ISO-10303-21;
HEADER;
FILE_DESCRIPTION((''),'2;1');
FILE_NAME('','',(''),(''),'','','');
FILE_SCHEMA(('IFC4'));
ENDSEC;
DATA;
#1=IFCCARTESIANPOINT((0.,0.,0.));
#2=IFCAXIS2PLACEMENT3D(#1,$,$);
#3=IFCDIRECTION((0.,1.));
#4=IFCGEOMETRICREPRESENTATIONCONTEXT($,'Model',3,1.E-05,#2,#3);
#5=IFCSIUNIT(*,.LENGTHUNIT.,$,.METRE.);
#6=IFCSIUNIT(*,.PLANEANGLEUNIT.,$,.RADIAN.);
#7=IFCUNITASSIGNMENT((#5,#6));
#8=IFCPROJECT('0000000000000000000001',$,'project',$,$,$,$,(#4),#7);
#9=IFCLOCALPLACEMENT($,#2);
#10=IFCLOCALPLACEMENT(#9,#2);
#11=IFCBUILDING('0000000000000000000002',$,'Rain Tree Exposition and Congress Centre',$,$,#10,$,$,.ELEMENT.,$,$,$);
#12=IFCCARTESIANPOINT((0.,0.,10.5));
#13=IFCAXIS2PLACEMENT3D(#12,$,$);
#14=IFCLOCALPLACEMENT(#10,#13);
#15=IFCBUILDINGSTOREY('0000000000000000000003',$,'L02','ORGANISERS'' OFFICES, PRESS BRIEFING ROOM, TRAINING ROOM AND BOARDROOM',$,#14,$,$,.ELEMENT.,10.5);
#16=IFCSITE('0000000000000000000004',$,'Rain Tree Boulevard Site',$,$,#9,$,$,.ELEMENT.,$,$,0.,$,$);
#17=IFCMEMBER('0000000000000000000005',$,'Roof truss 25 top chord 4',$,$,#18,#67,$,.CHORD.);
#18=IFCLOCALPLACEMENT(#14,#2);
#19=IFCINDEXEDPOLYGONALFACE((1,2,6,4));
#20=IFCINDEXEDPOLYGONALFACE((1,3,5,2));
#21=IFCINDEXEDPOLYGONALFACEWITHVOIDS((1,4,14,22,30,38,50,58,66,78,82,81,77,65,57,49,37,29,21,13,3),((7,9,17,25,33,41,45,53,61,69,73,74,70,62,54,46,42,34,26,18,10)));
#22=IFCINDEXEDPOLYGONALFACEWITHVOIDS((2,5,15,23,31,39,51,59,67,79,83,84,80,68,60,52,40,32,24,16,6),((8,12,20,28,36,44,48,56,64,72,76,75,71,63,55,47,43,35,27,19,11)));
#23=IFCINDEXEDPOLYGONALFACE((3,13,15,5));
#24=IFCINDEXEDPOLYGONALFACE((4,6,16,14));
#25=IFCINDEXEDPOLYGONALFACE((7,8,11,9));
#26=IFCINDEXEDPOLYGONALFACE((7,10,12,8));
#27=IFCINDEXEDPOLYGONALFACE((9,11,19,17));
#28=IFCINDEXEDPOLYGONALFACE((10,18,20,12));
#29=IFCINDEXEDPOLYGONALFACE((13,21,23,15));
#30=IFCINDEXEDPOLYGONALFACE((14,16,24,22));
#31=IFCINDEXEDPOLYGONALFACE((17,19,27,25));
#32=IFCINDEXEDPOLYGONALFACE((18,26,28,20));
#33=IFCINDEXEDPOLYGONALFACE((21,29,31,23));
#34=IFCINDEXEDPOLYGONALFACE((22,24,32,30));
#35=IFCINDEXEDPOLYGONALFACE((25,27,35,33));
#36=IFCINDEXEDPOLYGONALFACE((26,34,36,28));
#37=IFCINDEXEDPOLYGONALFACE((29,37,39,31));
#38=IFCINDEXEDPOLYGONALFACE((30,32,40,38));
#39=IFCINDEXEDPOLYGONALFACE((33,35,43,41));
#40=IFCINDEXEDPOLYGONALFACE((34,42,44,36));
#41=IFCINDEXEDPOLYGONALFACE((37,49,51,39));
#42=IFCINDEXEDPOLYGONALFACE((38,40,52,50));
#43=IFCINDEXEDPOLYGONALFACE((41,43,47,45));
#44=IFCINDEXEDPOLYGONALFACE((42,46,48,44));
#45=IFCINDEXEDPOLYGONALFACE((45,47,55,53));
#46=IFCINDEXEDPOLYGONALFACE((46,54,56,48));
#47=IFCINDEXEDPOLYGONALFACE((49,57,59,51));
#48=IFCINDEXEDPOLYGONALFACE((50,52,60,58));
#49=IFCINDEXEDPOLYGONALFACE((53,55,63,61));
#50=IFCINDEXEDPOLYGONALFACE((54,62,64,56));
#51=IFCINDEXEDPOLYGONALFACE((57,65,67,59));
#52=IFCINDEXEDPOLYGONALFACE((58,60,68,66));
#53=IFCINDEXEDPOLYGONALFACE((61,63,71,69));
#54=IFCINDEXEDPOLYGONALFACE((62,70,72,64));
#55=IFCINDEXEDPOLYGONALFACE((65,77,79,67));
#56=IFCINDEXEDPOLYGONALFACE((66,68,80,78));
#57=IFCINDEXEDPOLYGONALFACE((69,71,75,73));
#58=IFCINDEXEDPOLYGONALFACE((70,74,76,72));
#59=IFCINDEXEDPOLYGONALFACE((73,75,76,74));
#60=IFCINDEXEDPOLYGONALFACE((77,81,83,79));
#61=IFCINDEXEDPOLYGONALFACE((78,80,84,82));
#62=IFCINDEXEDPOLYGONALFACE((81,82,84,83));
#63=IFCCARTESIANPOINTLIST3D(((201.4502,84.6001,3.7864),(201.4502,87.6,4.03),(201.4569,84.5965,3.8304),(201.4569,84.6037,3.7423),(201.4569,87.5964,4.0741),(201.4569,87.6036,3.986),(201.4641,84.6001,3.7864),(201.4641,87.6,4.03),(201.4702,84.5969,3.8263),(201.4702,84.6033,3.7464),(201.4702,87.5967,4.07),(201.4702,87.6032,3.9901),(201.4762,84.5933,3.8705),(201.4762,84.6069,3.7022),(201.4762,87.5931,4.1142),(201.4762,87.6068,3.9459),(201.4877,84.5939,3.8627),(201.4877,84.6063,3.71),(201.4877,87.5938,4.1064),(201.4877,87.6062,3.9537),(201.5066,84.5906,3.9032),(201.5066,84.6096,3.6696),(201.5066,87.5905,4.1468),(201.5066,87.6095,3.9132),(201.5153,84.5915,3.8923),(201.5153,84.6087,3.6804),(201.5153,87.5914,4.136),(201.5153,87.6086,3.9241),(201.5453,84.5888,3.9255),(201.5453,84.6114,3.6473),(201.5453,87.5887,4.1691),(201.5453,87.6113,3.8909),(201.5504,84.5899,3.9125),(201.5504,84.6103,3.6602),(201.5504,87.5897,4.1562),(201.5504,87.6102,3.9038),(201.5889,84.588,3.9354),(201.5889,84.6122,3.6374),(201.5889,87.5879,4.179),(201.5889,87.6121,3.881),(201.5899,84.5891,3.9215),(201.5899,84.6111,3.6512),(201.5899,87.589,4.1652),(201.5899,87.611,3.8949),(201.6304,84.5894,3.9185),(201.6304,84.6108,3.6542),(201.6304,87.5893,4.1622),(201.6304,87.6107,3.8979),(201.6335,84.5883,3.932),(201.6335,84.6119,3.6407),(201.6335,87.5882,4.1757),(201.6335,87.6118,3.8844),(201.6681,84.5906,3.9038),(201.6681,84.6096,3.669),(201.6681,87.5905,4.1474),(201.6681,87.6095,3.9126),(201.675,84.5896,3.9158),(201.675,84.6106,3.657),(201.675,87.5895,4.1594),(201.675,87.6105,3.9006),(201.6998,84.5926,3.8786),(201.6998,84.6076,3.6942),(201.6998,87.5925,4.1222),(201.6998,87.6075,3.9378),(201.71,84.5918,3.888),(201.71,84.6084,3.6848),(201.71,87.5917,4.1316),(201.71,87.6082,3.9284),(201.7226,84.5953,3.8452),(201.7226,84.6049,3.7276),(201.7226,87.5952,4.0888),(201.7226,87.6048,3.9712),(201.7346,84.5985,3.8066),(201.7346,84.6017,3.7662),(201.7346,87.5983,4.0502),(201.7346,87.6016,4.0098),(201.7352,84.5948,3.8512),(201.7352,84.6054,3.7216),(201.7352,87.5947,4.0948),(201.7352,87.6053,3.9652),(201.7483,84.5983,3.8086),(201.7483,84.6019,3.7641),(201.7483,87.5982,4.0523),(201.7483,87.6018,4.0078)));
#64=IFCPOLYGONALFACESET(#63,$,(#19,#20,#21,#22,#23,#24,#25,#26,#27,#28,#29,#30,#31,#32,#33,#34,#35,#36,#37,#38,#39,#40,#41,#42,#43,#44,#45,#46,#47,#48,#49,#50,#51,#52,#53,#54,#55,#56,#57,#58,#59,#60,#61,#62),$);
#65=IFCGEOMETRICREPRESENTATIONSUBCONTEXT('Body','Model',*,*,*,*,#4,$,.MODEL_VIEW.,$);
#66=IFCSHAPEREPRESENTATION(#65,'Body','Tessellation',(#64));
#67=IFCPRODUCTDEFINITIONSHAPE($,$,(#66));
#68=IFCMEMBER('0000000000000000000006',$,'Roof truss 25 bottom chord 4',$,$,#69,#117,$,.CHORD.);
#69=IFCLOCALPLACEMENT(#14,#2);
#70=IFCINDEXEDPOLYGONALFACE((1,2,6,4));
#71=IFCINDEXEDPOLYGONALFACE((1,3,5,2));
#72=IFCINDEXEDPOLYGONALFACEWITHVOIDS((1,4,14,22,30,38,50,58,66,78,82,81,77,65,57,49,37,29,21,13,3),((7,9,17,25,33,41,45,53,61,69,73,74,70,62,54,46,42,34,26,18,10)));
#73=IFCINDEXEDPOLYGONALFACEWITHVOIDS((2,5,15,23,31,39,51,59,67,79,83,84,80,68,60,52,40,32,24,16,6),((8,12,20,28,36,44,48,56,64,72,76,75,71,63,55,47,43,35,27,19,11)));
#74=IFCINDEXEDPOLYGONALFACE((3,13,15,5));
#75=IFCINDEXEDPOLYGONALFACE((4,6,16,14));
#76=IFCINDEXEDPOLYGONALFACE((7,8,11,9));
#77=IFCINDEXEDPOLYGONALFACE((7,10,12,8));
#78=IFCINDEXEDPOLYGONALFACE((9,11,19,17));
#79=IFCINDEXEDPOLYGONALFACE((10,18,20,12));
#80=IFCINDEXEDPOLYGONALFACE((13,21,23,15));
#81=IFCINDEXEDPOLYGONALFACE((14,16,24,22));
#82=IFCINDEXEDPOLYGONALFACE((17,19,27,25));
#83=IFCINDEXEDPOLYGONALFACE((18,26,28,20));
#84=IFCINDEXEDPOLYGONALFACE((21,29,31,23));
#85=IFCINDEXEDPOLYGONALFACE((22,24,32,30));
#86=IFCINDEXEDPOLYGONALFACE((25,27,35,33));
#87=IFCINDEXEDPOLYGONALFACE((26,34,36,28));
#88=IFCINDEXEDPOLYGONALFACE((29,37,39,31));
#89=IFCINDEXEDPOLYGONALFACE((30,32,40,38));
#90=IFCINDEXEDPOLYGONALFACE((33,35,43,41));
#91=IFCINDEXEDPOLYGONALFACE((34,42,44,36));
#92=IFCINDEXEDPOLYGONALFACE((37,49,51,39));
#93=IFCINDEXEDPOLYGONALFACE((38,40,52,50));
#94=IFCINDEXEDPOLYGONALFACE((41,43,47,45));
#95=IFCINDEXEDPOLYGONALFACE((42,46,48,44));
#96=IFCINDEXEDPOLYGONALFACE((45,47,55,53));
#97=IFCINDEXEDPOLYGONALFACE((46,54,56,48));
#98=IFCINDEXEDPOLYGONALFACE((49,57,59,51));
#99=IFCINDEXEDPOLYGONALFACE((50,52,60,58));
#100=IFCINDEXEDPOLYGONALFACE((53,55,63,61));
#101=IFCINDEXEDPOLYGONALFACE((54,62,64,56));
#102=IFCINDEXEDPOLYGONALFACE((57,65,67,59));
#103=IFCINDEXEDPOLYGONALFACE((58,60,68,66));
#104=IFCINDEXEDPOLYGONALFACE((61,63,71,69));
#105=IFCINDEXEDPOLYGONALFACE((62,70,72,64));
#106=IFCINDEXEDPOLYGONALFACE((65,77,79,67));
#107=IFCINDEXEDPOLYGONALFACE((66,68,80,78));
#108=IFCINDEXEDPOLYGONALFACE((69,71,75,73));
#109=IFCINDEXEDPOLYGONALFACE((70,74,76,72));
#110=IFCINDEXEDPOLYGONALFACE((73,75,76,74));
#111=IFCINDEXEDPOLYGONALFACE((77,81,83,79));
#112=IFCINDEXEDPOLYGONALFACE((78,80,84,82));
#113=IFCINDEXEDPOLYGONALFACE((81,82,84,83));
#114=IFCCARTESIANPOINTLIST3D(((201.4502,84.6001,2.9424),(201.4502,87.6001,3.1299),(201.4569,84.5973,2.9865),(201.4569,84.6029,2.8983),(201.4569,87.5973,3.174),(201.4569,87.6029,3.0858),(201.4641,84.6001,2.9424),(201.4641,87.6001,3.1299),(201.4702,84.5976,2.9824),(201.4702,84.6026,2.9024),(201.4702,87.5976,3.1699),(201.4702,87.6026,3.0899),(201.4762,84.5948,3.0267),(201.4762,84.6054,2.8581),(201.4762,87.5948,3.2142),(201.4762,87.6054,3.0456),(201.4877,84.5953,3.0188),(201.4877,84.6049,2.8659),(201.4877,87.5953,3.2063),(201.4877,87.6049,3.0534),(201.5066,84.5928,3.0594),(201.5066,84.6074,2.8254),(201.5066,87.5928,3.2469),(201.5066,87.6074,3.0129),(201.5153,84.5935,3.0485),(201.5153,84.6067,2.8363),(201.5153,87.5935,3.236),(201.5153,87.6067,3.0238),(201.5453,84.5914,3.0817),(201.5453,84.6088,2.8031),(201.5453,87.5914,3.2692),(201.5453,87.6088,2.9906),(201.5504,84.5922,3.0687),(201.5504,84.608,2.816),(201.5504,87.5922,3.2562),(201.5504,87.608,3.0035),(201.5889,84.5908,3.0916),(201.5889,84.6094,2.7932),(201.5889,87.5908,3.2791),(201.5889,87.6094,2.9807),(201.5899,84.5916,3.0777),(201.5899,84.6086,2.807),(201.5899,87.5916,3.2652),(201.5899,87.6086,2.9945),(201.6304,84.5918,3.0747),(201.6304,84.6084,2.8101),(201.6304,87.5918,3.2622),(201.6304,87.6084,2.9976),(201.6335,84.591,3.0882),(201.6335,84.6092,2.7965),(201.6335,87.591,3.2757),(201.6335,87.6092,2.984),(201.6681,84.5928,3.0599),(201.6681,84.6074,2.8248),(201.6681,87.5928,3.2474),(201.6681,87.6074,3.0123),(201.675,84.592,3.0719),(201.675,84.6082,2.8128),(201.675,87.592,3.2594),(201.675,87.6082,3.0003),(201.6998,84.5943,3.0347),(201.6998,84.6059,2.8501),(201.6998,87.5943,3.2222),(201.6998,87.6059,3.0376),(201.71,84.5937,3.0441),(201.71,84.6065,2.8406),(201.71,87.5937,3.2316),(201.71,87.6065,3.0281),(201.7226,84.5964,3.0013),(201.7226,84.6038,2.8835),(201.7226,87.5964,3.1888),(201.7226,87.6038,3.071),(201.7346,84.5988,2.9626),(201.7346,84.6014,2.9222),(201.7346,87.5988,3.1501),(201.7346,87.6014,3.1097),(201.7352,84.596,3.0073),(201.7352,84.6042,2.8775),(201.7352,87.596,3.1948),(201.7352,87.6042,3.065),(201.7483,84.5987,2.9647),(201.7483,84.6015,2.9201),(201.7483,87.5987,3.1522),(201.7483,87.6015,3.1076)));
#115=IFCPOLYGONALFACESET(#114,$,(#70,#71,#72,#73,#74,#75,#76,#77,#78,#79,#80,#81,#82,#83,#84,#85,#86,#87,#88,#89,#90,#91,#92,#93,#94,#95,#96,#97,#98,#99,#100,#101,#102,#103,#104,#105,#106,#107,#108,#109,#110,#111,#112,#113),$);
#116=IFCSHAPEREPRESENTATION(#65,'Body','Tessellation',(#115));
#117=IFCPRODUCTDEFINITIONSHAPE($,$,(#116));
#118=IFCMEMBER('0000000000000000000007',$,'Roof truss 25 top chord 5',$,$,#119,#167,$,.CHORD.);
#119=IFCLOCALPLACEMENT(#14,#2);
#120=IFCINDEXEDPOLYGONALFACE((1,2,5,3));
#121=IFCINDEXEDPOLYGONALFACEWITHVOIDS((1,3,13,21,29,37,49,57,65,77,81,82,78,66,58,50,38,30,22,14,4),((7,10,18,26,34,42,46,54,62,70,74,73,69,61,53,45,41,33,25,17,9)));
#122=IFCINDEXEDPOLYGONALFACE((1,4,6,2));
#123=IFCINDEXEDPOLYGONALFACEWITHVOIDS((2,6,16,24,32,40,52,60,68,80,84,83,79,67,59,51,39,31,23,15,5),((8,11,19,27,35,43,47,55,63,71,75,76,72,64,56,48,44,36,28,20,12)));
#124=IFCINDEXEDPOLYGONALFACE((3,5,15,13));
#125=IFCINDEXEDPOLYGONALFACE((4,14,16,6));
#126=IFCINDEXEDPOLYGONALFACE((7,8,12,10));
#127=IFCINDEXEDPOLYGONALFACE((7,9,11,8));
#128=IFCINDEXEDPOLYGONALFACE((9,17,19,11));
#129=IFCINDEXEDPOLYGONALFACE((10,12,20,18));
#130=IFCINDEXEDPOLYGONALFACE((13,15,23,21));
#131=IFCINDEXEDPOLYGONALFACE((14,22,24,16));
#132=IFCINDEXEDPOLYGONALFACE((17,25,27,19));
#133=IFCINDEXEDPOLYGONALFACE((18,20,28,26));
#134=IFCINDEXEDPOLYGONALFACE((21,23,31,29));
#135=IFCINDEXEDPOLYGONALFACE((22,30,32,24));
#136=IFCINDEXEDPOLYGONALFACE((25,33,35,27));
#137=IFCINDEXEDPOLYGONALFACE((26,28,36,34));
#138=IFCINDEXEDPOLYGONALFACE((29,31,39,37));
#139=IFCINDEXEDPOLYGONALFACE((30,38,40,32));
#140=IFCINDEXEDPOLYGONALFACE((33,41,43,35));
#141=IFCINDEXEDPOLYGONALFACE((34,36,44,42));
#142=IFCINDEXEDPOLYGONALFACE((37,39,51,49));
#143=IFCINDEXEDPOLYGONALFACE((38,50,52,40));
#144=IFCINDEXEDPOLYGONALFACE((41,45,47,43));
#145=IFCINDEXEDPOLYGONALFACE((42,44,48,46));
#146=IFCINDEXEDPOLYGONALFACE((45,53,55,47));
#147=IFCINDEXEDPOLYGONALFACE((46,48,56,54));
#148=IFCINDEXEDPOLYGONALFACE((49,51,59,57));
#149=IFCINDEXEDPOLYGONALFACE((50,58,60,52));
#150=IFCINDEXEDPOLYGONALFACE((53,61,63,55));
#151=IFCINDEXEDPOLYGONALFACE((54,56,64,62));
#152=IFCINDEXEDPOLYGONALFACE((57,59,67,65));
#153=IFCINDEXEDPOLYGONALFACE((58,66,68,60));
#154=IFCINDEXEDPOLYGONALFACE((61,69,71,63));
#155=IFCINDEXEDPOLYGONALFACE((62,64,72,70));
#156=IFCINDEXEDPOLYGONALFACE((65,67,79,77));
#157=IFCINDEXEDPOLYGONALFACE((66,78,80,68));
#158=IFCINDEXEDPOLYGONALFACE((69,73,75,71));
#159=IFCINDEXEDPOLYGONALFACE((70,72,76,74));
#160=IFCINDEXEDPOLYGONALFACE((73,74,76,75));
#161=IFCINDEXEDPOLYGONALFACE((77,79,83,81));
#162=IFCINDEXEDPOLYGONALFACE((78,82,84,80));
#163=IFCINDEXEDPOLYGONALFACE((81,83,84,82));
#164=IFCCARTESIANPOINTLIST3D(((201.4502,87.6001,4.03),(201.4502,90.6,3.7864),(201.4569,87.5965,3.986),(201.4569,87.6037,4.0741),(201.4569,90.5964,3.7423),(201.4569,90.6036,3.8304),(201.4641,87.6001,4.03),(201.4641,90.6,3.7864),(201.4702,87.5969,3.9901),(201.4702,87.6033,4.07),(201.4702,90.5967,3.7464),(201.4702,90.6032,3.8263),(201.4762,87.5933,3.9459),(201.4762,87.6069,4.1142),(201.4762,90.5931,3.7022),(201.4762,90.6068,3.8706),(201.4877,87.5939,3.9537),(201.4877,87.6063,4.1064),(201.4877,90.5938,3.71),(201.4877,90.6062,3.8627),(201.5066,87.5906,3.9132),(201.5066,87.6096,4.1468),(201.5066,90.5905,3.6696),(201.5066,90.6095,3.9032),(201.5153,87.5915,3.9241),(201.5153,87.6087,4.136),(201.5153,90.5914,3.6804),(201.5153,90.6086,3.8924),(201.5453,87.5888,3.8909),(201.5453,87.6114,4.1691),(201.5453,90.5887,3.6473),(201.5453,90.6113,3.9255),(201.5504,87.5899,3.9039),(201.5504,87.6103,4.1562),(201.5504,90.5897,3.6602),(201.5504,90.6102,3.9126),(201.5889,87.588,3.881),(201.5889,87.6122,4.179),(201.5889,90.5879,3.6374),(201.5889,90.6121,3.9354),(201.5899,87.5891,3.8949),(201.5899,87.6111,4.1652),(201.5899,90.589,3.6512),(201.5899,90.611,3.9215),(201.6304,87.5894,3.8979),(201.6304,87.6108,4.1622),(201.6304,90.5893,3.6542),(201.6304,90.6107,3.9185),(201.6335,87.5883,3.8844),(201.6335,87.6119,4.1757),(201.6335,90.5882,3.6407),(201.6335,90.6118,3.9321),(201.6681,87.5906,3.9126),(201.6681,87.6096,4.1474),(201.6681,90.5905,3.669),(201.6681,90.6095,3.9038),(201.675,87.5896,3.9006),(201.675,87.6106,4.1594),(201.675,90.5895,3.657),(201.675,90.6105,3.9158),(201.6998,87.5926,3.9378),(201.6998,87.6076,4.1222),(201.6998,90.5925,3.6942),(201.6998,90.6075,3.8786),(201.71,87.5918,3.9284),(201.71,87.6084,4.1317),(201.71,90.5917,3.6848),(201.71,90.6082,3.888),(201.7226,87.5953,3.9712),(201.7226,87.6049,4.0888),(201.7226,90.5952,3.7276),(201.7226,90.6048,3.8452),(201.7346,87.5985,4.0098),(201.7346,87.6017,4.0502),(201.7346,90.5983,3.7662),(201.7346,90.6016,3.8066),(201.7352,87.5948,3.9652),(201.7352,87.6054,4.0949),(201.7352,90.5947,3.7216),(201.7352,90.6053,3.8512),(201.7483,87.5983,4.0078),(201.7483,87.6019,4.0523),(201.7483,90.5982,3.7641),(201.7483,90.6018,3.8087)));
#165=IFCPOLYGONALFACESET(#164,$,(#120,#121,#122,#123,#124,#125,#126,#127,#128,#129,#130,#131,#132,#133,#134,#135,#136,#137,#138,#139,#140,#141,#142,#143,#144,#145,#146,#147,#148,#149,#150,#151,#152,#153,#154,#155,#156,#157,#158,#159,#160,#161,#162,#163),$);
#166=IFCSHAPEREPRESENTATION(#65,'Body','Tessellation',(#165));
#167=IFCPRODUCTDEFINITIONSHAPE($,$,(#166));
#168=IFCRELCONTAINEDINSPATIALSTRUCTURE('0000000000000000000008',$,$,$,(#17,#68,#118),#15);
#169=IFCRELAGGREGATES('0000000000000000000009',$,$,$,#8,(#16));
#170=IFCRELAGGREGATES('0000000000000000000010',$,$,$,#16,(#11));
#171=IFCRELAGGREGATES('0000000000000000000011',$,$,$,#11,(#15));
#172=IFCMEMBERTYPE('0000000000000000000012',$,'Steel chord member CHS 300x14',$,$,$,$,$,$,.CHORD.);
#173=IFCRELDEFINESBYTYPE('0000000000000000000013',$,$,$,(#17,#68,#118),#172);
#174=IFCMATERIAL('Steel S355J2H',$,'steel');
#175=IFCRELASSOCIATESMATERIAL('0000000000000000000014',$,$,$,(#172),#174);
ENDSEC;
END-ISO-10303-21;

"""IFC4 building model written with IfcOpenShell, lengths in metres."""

from ifc_helpers import new_model, si_unit, direction, frame, origin, origin_2d, place, context, subcontext, project, spatial, hollow_circle, extrude, material, material_profile, profile_set, type_object, element, save


model = new_model("IFC4")

# Units and contexts
model_context = context("Model", 3, precision=1e-05, world=origin(), true_north=direction((0.0, 1.0)))
body_context = subcontext(model_context, "Body", "Model", "MODEL_VIEW")
ifc_project = project(units=[si_unit("LENGTHUNIT", "METRE"), si_unit("PLANEANGLEUNIT", "RADIAN")], contexts=[model_context])

# Site, building, storey
site_placement = place(None, origin())
site = spatial("IfcSite", under=ifc_project, at=site_placement, Name="Rain Tree Boulevard Site", CompositionType="ELEMENT", RefElevation=0.0)
building_placement = place(site_placement, origin())
building = spatial("IfcBuilding", under=site, at=building_placement, Name="Rain Tree Exposition and Congress Centre", CompositionType="ELEMENT")
storey_placement = place(building_placement, frame((0.0, 0.0, 10.5)))
storey = spatial("IfcBuildingStorey", under=building, at=storey_placement, Name="L02", Description="ORGANISERS' OFFICES, PRESS BRIEFING ROOM, TRAINING ROOM AND BOARDROOM", CompositionType="ELEMENT", Elevation=10.5)

# Members
ifc_material_1 = material(Name="Steel S355J2H", Category="steel")
ifc_material_profile_1 = material_profile(ifc_material_1, hollow_circle(Radius=0.1499, WallThickness=0.0139, at=origin_2d()), Name="CHS 300x14")
ifc_profile_set_1 = profile_set([ifc_material_profile_1], Name="Steel S355J2H")
member_type_1 = type_object("IfcMemberType", Name="Steel chord member CHS 300x14", PredefinedType="CHORD", material=ifc_profile_set_1)
member_1_placement = place(storey_placement, frame((201.6001, 84.6001, 3.7864), z_axis=(0.0, 0.996718, 0.080951), x_axis=(-1.0, 0.0, 0.0)))
element("IfcMember", 1, at=member_1_placement, inside=storey, type_object=member_type_1, Name="Roof truss 25 top chord 4", PredefinedType="CHORD", context=body_context, shape_type="SweptSolid", body=[
    extrude(hollow_circle(Radius=0.1499, WallThickness=0.0139, at=origin_2d()), origin(), (0.0, 0.0, 1.0), 3.0098),
])
member_2_placement = place(storey_placement, frame((201.6001, 84.6001, 2.9424), z_axis=(0.0, 0.998053, 0.062378), x_axis=(-1.0, 0.0, 0.0)))
element("IfcMember", 2, at=member_2_placement, inside=storey, type_object=member_type_1, Name="Roof truss 25 bottom chord 4", PredefinedType="CHORD", context=body_context, shape_type="SweptSolid", body=[
    extrude(hollow_circle(Radius=0.1499, WallThickness=0.0139, at=origin_2d()), origin(), (0.0, 0.0, 1.0), 3.0059),
])
member_3_placement = place(storey_placement, frame((201.6001, 87.6001, 4.03), z_axis=(0.0, 0.996718, -0.080951), x_axis=(-1.0, 0.0, 0.0)))
element("IfcMember", 3, at=member_3_placement, inside=storey, type_object=member_type_1, Name="Roof truss 25 top chord 5", PredefinedType="CHORD", context=body_context, shape_type="SweptSolid", body=[
    extrude(hollow_circle(Radius=0.1499, WallThickness=0.0139, at=origin_2d()), origin(), (0.0, 0.0, 1.0), 3.0098),
])

save(model, "model.ifc")
